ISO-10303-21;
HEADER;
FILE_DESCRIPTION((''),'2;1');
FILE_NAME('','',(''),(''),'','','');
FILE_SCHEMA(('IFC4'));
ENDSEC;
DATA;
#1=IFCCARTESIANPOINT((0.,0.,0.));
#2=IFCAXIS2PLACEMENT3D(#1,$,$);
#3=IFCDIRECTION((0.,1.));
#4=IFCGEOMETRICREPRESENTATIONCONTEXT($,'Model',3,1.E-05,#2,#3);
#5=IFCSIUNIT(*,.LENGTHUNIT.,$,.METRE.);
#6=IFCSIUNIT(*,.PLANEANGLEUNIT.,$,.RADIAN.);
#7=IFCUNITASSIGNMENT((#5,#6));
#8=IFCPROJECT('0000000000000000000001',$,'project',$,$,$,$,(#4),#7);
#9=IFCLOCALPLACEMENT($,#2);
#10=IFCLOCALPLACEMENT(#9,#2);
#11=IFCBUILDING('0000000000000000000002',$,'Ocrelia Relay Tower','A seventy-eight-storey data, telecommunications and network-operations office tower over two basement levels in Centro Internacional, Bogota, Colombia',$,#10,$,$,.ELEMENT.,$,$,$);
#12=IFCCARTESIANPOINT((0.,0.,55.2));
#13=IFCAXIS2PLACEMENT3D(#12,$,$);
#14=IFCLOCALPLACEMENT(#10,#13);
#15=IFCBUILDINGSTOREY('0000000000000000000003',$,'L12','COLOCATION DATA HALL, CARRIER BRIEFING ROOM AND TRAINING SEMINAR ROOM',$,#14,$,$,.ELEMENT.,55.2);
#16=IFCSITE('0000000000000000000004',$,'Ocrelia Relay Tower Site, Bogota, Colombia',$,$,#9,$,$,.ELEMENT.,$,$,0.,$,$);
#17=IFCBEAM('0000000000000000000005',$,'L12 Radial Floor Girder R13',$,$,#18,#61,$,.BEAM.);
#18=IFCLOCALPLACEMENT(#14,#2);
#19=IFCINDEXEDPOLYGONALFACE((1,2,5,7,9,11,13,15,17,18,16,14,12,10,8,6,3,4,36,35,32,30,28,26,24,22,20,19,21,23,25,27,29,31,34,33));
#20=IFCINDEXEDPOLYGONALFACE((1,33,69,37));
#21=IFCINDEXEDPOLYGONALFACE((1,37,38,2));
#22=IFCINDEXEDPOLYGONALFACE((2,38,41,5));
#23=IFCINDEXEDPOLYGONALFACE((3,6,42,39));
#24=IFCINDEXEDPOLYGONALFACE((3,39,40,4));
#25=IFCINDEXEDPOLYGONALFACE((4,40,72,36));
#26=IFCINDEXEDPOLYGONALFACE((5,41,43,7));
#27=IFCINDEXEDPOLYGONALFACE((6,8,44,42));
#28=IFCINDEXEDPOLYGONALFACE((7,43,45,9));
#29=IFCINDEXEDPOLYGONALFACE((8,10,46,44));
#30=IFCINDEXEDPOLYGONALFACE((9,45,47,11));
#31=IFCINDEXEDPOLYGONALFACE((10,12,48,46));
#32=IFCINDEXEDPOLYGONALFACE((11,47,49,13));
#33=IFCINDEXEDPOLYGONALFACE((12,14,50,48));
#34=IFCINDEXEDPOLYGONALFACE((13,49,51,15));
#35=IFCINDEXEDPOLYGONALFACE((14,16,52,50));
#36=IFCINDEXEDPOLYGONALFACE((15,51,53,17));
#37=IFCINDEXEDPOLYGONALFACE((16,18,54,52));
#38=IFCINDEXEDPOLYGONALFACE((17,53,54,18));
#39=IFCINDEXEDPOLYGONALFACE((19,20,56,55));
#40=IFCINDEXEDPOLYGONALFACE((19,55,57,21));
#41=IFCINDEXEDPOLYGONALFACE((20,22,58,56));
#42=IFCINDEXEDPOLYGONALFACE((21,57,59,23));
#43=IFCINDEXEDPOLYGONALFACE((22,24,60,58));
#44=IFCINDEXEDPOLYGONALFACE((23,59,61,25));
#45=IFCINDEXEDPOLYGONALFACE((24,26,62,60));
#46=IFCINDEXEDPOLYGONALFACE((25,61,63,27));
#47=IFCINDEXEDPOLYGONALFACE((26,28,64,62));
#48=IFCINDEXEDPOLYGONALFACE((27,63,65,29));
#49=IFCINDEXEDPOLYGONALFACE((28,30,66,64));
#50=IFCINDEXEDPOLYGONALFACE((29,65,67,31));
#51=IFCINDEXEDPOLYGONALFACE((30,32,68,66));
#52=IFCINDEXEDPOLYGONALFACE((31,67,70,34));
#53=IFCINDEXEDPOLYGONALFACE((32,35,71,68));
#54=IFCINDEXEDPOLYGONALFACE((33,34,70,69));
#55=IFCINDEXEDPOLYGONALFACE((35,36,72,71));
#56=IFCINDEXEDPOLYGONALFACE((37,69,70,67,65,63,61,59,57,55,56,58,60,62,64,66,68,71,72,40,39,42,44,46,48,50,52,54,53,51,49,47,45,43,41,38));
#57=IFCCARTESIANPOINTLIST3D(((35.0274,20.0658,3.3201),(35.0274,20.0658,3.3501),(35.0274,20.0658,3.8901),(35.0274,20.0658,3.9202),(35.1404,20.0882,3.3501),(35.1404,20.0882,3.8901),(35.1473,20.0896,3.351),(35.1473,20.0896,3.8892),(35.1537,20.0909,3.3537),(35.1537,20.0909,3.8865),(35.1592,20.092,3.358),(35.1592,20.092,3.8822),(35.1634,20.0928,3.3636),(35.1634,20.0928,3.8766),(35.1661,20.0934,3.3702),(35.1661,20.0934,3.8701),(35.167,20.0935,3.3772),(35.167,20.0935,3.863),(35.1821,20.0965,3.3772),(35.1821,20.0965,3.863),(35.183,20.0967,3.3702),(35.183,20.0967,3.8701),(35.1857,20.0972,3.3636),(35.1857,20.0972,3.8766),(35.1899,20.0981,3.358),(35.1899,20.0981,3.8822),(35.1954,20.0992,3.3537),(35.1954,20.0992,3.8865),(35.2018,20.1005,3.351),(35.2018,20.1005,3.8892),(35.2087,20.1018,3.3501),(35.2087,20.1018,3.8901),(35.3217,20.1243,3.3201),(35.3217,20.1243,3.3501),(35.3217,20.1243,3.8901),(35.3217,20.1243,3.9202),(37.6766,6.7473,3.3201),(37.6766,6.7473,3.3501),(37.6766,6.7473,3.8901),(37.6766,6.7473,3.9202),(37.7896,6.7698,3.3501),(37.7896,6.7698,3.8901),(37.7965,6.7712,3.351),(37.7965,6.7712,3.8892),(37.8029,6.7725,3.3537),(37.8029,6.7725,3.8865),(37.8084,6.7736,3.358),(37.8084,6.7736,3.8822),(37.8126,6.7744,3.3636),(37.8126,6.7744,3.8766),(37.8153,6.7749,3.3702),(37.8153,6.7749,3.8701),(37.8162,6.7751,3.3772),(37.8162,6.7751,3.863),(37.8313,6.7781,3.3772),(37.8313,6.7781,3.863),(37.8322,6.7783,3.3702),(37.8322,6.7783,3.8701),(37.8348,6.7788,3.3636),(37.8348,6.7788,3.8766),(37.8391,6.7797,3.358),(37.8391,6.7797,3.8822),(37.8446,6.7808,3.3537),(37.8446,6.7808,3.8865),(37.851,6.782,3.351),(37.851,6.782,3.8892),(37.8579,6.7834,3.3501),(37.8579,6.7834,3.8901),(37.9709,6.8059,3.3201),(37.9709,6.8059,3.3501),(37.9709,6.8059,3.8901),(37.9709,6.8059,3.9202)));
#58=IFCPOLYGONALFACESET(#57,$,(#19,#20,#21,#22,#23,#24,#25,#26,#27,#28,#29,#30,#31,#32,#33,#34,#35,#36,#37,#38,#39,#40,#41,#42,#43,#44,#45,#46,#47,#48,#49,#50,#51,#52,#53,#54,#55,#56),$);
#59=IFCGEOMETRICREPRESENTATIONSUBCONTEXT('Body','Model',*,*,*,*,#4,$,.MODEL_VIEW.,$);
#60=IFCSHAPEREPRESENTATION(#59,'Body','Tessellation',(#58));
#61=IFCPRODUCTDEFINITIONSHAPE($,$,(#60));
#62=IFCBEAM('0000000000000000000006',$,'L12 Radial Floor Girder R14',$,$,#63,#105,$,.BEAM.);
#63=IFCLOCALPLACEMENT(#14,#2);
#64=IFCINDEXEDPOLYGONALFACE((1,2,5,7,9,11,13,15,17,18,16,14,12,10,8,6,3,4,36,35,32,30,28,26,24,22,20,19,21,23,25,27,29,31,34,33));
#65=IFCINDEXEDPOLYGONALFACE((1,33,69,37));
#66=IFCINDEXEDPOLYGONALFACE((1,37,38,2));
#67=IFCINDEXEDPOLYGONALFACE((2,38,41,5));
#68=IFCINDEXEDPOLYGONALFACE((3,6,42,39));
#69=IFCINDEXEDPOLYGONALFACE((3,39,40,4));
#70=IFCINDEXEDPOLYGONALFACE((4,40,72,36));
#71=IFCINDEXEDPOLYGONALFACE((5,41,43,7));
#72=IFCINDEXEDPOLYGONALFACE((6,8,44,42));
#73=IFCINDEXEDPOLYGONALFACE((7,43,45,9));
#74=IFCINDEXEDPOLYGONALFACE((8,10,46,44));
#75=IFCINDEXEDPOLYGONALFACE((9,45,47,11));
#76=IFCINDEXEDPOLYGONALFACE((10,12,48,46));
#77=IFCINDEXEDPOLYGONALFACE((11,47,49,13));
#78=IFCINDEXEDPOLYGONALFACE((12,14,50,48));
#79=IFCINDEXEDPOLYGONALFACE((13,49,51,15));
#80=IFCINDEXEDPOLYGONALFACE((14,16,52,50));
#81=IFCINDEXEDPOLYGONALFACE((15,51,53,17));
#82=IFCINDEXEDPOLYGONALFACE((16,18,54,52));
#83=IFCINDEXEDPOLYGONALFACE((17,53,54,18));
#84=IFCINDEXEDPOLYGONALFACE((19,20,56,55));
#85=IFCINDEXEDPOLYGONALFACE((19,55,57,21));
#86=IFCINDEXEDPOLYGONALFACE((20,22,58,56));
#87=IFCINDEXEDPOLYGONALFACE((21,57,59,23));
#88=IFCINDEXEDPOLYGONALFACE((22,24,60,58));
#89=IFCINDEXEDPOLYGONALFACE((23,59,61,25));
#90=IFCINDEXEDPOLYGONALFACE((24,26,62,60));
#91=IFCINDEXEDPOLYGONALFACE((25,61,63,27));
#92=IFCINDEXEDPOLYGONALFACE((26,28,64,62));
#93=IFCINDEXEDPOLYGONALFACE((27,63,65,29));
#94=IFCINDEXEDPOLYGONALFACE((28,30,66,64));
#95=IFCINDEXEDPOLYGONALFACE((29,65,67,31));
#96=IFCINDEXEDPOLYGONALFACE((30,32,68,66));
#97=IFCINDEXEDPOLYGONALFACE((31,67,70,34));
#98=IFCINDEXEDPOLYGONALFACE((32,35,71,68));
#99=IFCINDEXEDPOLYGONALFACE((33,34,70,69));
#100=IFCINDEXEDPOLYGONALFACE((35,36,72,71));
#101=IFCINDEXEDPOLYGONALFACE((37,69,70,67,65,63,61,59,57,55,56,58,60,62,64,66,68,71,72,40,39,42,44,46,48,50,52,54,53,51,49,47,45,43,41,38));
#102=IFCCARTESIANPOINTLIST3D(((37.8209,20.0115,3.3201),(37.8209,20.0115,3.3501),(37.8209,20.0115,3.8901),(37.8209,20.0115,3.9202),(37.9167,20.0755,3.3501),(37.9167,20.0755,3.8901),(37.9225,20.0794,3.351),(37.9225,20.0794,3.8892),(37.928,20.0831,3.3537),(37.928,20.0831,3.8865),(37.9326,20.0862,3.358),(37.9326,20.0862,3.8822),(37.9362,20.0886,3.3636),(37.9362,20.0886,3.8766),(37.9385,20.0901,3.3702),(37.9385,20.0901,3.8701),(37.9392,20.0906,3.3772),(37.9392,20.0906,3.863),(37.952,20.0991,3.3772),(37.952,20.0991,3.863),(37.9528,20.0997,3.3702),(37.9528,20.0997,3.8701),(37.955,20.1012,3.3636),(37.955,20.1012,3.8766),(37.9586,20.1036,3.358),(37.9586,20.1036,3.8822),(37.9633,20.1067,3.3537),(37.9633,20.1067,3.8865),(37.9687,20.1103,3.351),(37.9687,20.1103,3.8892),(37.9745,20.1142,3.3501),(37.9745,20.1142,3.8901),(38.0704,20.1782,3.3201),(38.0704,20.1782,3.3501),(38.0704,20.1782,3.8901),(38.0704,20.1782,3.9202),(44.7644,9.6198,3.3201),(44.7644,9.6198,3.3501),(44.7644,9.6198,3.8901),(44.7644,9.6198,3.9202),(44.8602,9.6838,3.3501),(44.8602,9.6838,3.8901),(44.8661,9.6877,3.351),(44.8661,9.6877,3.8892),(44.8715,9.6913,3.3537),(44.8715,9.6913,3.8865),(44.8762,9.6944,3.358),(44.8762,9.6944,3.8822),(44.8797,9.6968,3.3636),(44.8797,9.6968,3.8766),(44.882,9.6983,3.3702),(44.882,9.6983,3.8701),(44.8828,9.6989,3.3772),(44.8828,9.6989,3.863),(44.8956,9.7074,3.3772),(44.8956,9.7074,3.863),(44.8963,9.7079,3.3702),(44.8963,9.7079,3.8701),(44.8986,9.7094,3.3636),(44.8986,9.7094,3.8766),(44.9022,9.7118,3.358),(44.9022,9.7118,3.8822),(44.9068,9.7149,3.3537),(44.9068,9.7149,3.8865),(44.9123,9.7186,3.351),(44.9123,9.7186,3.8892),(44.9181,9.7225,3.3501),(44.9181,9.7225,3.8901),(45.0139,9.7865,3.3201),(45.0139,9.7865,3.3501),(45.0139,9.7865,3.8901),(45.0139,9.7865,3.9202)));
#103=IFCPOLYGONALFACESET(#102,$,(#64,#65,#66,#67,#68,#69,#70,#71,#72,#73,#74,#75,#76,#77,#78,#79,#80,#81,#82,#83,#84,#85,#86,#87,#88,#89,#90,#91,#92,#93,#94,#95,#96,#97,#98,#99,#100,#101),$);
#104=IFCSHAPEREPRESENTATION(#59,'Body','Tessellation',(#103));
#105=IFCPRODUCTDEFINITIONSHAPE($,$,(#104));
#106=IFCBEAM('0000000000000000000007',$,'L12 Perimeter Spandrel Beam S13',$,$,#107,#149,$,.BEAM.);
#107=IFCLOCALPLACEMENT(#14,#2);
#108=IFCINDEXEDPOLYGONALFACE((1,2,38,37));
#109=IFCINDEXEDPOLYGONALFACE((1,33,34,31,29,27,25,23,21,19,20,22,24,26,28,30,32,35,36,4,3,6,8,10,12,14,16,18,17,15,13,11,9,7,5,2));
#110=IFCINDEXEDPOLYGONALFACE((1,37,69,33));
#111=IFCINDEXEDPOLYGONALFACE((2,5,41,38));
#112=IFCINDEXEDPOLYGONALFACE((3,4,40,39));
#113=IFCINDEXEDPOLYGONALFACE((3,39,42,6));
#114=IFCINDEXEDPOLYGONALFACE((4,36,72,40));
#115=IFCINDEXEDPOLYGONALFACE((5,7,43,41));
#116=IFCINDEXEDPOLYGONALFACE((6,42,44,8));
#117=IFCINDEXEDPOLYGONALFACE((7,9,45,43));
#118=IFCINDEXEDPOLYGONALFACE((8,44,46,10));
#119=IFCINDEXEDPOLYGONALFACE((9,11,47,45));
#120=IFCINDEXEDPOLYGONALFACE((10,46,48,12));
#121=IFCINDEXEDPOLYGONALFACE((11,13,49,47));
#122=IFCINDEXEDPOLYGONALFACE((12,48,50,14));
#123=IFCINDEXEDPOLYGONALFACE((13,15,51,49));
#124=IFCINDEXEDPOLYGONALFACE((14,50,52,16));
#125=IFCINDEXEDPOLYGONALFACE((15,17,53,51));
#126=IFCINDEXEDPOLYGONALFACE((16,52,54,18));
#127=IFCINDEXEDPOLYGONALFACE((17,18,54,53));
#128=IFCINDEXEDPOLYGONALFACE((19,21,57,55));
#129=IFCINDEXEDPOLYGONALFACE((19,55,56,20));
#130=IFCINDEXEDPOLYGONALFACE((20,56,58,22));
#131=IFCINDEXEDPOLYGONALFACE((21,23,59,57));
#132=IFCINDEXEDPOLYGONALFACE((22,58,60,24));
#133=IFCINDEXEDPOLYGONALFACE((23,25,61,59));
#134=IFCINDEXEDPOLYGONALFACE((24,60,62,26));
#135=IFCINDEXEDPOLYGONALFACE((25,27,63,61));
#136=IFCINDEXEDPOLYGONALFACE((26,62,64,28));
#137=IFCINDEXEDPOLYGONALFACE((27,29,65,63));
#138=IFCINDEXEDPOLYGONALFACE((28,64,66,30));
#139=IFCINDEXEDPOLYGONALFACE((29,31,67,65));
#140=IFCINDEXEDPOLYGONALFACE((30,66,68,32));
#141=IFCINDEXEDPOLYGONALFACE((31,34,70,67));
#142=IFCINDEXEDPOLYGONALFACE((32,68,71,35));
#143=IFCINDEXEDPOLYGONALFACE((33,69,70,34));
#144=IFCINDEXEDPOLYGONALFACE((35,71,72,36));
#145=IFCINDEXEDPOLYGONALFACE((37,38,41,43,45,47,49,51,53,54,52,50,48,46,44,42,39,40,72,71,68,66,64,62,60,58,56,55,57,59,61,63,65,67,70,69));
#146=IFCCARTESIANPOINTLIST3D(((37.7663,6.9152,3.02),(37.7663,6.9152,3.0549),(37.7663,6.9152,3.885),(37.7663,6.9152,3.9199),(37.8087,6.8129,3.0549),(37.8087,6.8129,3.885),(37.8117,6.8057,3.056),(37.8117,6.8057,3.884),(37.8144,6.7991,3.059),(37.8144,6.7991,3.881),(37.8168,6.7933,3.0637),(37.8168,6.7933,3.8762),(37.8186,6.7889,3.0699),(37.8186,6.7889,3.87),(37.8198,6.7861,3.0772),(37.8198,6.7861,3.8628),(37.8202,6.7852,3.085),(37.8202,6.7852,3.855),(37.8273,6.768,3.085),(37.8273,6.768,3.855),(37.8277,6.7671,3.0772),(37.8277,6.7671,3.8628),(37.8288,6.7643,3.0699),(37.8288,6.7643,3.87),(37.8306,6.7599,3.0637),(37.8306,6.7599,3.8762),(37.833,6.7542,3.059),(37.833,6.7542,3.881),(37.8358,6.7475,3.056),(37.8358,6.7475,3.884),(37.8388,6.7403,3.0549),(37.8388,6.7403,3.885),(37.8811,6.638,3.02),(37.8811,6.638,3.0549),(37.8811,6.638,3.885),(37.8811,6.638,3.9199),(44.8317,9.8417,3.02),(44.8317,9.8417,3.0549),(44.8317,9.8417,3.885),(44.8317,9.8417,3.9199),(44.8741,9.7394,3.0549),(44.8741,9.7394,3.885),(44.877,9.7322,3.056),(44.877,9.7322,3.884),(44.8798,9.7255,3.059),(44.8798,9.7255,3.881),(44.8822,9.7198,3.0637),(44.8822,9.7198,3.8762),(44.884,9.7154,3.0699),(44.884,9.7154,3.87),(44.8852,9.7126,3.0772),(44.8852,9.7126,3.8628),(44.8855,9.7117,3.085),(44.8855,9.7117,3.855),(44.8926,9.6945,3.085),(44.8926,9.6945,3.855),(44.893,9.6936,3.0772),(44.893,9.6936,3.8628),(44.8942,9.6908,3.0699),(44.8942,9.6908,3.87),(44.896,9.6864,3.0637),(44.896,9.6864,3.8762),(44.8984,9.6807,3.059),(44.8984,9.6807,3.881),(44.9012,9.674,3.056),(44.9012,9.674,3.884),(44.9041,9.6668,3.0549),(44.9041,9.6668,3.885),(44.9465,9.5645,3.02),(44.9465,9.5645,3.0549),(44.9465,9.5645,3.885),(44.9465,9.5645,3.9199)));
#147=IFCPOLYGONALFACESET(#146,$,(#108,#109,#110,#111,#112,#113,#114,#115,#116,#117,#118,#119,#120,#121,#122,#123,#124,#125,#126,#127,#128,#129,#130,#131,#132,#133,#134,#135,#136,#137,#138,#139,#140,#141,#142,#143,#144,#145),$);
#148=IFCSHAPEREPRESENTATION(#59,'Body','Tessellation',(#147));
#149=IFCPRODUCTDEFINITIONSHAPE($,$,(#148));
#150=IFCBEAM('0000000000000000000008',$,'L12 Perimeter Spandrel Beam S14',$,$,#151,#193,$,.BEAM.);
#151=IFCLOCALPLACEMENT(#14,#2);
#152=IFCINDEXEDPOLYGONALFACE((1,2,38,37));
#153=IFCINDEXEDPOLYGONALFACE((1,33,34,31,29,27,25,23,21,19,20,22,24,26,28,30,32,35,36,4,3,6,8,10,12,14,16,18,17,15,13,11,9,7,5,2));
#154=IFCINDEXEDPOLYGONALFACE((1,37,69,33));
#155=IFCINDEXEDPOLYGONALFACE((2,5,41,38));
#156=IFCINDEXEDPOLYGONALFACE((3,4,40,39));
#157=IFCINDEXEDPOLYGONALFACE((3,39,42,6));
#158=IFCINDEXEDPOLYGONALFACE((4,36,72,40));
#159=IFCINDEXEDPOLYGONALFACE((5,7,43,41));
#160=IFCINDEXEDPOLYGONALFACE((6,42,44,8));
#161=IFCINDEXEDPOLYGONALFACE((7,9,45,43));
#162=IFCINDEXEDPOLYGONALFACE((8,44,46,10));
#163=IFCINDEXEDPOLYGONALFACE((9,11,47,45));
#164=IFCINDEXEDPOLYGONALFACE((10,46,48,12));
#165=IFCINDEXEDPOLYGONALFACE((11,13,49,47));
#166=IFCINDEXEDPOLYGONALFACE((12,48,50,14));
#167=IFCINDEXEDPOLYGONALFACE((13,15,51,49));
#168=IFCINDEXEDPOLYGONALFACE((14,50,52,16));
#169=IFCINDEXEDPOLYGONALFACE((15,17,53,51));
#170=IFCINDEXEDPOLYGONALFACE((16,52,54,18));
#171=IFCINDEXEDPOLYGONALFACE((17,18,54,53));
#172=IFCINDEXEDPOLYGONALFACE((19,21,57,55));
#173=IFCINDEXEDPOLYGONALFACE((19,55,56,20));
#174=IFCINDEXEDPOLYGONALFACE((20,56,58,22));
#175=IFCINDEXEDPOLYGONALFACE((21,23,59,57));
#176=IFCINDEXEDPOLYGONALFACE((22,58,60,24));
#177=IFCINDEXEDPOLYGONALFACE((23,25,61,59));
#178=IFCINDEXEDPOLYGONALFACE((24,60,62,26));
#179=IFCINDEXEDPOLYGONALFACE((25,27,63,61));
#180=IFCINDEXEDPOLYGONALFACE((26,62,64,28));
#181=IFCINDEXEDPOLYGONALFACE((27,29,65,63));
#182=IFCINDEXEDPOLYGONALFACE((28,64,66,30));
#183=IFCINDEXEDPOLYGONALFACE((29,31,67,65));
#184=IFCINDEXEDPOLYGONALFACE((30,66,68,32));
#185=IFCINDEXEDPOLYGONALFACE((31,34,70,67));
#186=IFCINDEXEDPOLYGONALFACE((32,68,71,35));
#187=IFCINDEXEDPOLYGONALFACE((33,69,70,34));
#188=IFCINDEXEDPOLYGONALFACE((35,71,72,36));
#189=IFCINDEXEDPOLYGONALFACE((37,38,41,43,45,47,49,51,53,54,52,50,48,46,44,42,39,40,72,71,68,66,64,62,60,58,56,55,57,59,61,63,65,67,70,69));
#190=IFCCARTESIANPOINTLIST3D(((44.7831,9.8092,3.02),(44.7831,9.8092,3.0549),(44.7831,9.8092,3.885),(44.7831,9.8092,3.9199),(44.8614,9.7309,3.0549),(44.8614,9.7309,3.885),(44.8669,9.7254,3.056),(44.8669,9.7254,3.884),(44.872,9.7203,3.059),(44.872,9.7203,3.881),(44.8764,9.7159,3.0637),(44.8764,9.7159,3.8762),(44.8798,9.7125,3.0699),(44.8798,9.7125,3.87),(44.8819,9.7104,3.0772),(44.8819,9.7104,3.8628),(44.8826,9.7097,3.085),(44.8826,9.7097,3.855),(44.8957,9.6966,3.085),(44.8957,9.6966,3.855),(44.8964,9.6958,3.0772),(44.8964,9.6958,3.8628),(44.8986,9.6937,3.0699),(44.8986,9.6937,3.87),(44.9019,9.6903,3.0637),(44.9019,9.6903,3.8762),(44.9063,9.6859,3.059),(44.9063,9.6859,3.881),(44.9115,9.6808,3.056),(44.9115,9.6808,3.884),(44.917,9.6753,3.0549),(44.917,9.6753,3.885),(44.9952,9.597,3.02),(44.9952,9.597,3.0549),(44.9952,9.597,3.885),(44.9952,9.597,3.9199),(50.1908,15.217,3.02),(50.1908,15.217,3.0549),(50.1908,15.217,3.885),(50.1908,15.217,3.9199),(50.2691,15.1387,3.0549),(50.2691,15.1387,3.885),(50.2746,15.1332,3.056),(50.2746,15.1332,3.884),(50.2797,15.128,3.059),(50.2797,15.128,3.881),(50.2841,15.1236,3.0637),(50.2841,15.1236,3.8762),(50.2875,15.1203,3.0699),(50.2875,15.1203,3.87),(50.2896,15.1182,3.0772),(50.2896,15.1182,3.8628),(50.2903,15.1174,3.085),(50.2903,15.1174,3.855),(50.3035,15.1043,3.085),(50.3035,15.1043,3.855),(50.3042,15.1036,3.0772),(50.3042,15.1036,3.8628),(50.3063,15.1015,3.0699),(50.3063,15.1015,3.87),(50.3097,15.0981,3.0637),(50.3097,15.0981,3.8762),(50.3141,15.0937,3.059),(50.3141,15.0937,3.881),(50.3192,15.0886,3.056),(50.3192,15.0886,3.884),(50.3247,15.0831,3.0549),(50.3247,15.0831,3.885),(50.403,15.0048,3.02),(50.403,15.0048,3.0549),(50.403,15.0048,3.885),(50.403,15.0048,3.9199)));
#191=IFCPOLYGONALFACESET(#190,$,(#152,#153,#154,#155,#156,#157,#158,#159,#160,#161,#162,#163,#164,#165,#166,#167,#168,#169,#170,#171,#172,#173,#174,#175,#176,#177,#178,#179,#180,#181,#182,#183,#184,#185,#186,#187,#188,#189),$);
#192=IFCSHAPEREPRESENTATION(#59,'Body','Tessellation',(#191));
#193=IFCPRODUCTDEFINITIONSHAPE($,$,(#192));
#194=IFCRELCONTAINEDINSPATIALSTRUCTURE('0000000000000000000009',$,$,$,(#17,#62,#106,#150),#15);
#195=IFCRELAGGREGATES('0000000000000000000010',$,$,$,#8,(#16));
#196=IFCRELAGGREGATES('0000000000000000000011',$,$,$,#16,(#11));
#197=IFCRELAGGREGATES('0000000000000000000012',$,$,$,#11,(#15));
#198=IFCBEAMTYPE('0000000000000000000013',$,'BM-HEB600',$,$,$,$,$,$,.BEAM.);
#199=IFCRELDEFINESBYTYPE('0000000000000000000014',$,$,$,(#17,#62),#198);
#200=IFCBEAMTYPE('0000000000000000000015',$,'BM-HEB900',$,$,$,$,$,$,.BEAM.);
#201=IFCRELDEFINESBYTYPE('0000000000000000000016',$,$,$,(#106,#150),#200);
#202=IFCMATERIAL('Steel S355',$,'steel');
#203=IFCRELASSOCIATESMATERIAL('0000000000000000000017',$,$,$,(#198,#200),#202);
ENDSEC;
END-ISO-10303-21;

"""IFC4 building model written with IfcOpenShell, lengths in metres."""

from ifc_helpers import new_model, si_unit, direction, frame, origin, origin_2d, place, context, subcontext, project, spatial, i_section, extrude, material, material_profile, profile_set, type_object, element, save


model = new_model("IFC4")

# Units and contexts
model_context = context("Model", 3, precision=1e-05, world=origin(), true_north=direction((0.0, 1.0)))
body_context = subcontext(model_context, "Body", "Model", "MODEL_VIEW")
ifc_project = project(units=[si_unit("LENGTHUNIT", "METRE"), si_unit("PLANEANGLEUNIT", "RADIAN")], contexts=[model_context])

# Site, building, storey
site_placement = place(None, origin())
site = spatial("IfcSite", under=ifc_project, at=site_placement, Name="Ocrelia Relay Tower Site, Bogota, Colombia", CompositionType="ELEMENT", RefElevation=0.0)
building_placement = place(site_placement, origin())
building = spatial("IfcBuilding", under=site, at=building_placement, Name="Ocrelia Relay Tower", Description="A seventy-eight-storey data, telecommunications and network-operations office tower over two basement levels in Centro Internacional, Bogota, Colombia", CompositionType="ELEMENT")
storey_placement = place(building_placement, frame((0.0, 0.0, 55.2)))
storey = spatial("IfcBuildingStorey", under=building, at=storey_placement, Name="L12", Description="COLOCATION DATA HALL, CARRIER BRIEFING ROOM AND TRAINING SEMINAR ROOM", CompositionType="ELEMENT", Elevation=55.2)

# Beams
ifc_material_1 = material(Name="Steel S355", Category="steel")
ifc_material_profile_1 = material_profile(ifc_material_1, i_section(OverallWidth=0.3, OverallDepth=0.6001, WebThickness=0.0154, FlangeThickness=0.03, FilletRadius=0.0271, at=origin_2d()), Name="HEB 600")
ifc_profile_set_1 = profile_set([ifc_material_profile_1], Name="Steel S355")
beam_type_1 = type_object("IfcBeamType", Name="BM-HEB600", PredefinedType="BEAM", material=ifc_profile_set_1)
beam_1_placement = place(storey_placement, frame((37.8237, 6.7766, 3.6201), z_axis=(-0.195089, 0.980786, 0.0), x_axis=(-0.980786, -0.195089, 0.0)))
element("IfcBeam", 1, at=beam_1_placement, inside=storey, type_object=beam_type_1, Name="L12 Radial Floor Girder R13", PredefinedType="BEAM", context=body_context, shape_type="SweptSolid", body=[
    extrude(i_section(OverallWidth=0.3, OverallDepth=0.6001, WebThickness=0.0154, FlangeThickness=0.03, FilletRadius=0.0271, at=origin_2d()), origin(), (0.0, 0.0, 1.0), 13.5793),
])
beam_2_placement = place(storey_placement, frame((44.8892, 9.7031, 3.6201), z_axis=(-0.55557, 0.83147, 0.0), x_axis=(-0.83147, -0.55557, 0.0)))
element("IfcBeam", 2, at=beam_2_placement, inside=storey, type_object=beam_type_1, Name="L12 Radial Floor Girder R14", PredefinedType="BEAM", context=body_context, shape_type="SweptSolid", body=[
    extrude(i_section(OverallWidth=0.3, OverallDepth=0.6001, WebThickness=0.0154, FlangeThickness=0.03, FilletRadius=0.0271, at=origin_2d()), origin(), (0.0, 0.0, 1.0), 12.498),
])
ifc_material_profile_2 = material_profile(ifc_material_1, i_section(OverallWidth=0.3, OverallDepth=0.8999, WebThickness=0.0186, FlangeThickness=0.0349, FilletRadius=0.03, at=origin_2d()), Name="HEB 900")
ifc_profile_set_2 = profile_set([ifc_material_profile_2], Name="Steel S355")
beam_type_2 = type_object("IfcBeamType", Name="BM-HEB900", PredefinedType="BEAM", material=ifc_profile_set_2)
beam_3_placement = place(storey_placement, frame((37.8237, 6.7766, 3.47), z_axis=(0.923883, 0.382674, 0.0), x_axis=(-0.382674, 0.923883, 0.0)))
element("IfcBeam", 3, at=beam_3_placement, inside=storey, type_object=beam_type_2, Name="L12 Perimeter Spandrel Beam S13", PredefinedType="BEAM", context=body_context, shape_type="SweptSolid", body=[
    extrude(i_section(OverallWidth=0.3, OverallDepth=0.8999, WebThickness=0.0186, FlangeThickness=0.0349, FilletRadius=0.03, at=origin_2d()), origin(), (0.0, 0.0, 1.0), 7.6475),
])
beam_4_placement = place(storey_placement, frame((44.8892, 9.7031, 3.47), z_axis=(0.707107, 0.707107, 0.0), x_axis=(-0.707107, 0.707107, 0.0)))
element("IfcBeam", 4, at=beam_4_placement, inside=storey, type_object=beam_type_2, Name="L12 Perimeter Spandrel Beam S14", PredefinedType="BEAM", context=body_context, shape_type="SweptSolid", body=[
    extrude(i_section(OverallWidth=0.3, OverallDepth=0.8999, WebThickness=0.0186, FlangeThickness=0.0349, FilletRadius=0.03, at=origin_2d()), origin(), (0.0, 0.0, 1.0), 7.6477),
])

save(model, "model.ifc")
